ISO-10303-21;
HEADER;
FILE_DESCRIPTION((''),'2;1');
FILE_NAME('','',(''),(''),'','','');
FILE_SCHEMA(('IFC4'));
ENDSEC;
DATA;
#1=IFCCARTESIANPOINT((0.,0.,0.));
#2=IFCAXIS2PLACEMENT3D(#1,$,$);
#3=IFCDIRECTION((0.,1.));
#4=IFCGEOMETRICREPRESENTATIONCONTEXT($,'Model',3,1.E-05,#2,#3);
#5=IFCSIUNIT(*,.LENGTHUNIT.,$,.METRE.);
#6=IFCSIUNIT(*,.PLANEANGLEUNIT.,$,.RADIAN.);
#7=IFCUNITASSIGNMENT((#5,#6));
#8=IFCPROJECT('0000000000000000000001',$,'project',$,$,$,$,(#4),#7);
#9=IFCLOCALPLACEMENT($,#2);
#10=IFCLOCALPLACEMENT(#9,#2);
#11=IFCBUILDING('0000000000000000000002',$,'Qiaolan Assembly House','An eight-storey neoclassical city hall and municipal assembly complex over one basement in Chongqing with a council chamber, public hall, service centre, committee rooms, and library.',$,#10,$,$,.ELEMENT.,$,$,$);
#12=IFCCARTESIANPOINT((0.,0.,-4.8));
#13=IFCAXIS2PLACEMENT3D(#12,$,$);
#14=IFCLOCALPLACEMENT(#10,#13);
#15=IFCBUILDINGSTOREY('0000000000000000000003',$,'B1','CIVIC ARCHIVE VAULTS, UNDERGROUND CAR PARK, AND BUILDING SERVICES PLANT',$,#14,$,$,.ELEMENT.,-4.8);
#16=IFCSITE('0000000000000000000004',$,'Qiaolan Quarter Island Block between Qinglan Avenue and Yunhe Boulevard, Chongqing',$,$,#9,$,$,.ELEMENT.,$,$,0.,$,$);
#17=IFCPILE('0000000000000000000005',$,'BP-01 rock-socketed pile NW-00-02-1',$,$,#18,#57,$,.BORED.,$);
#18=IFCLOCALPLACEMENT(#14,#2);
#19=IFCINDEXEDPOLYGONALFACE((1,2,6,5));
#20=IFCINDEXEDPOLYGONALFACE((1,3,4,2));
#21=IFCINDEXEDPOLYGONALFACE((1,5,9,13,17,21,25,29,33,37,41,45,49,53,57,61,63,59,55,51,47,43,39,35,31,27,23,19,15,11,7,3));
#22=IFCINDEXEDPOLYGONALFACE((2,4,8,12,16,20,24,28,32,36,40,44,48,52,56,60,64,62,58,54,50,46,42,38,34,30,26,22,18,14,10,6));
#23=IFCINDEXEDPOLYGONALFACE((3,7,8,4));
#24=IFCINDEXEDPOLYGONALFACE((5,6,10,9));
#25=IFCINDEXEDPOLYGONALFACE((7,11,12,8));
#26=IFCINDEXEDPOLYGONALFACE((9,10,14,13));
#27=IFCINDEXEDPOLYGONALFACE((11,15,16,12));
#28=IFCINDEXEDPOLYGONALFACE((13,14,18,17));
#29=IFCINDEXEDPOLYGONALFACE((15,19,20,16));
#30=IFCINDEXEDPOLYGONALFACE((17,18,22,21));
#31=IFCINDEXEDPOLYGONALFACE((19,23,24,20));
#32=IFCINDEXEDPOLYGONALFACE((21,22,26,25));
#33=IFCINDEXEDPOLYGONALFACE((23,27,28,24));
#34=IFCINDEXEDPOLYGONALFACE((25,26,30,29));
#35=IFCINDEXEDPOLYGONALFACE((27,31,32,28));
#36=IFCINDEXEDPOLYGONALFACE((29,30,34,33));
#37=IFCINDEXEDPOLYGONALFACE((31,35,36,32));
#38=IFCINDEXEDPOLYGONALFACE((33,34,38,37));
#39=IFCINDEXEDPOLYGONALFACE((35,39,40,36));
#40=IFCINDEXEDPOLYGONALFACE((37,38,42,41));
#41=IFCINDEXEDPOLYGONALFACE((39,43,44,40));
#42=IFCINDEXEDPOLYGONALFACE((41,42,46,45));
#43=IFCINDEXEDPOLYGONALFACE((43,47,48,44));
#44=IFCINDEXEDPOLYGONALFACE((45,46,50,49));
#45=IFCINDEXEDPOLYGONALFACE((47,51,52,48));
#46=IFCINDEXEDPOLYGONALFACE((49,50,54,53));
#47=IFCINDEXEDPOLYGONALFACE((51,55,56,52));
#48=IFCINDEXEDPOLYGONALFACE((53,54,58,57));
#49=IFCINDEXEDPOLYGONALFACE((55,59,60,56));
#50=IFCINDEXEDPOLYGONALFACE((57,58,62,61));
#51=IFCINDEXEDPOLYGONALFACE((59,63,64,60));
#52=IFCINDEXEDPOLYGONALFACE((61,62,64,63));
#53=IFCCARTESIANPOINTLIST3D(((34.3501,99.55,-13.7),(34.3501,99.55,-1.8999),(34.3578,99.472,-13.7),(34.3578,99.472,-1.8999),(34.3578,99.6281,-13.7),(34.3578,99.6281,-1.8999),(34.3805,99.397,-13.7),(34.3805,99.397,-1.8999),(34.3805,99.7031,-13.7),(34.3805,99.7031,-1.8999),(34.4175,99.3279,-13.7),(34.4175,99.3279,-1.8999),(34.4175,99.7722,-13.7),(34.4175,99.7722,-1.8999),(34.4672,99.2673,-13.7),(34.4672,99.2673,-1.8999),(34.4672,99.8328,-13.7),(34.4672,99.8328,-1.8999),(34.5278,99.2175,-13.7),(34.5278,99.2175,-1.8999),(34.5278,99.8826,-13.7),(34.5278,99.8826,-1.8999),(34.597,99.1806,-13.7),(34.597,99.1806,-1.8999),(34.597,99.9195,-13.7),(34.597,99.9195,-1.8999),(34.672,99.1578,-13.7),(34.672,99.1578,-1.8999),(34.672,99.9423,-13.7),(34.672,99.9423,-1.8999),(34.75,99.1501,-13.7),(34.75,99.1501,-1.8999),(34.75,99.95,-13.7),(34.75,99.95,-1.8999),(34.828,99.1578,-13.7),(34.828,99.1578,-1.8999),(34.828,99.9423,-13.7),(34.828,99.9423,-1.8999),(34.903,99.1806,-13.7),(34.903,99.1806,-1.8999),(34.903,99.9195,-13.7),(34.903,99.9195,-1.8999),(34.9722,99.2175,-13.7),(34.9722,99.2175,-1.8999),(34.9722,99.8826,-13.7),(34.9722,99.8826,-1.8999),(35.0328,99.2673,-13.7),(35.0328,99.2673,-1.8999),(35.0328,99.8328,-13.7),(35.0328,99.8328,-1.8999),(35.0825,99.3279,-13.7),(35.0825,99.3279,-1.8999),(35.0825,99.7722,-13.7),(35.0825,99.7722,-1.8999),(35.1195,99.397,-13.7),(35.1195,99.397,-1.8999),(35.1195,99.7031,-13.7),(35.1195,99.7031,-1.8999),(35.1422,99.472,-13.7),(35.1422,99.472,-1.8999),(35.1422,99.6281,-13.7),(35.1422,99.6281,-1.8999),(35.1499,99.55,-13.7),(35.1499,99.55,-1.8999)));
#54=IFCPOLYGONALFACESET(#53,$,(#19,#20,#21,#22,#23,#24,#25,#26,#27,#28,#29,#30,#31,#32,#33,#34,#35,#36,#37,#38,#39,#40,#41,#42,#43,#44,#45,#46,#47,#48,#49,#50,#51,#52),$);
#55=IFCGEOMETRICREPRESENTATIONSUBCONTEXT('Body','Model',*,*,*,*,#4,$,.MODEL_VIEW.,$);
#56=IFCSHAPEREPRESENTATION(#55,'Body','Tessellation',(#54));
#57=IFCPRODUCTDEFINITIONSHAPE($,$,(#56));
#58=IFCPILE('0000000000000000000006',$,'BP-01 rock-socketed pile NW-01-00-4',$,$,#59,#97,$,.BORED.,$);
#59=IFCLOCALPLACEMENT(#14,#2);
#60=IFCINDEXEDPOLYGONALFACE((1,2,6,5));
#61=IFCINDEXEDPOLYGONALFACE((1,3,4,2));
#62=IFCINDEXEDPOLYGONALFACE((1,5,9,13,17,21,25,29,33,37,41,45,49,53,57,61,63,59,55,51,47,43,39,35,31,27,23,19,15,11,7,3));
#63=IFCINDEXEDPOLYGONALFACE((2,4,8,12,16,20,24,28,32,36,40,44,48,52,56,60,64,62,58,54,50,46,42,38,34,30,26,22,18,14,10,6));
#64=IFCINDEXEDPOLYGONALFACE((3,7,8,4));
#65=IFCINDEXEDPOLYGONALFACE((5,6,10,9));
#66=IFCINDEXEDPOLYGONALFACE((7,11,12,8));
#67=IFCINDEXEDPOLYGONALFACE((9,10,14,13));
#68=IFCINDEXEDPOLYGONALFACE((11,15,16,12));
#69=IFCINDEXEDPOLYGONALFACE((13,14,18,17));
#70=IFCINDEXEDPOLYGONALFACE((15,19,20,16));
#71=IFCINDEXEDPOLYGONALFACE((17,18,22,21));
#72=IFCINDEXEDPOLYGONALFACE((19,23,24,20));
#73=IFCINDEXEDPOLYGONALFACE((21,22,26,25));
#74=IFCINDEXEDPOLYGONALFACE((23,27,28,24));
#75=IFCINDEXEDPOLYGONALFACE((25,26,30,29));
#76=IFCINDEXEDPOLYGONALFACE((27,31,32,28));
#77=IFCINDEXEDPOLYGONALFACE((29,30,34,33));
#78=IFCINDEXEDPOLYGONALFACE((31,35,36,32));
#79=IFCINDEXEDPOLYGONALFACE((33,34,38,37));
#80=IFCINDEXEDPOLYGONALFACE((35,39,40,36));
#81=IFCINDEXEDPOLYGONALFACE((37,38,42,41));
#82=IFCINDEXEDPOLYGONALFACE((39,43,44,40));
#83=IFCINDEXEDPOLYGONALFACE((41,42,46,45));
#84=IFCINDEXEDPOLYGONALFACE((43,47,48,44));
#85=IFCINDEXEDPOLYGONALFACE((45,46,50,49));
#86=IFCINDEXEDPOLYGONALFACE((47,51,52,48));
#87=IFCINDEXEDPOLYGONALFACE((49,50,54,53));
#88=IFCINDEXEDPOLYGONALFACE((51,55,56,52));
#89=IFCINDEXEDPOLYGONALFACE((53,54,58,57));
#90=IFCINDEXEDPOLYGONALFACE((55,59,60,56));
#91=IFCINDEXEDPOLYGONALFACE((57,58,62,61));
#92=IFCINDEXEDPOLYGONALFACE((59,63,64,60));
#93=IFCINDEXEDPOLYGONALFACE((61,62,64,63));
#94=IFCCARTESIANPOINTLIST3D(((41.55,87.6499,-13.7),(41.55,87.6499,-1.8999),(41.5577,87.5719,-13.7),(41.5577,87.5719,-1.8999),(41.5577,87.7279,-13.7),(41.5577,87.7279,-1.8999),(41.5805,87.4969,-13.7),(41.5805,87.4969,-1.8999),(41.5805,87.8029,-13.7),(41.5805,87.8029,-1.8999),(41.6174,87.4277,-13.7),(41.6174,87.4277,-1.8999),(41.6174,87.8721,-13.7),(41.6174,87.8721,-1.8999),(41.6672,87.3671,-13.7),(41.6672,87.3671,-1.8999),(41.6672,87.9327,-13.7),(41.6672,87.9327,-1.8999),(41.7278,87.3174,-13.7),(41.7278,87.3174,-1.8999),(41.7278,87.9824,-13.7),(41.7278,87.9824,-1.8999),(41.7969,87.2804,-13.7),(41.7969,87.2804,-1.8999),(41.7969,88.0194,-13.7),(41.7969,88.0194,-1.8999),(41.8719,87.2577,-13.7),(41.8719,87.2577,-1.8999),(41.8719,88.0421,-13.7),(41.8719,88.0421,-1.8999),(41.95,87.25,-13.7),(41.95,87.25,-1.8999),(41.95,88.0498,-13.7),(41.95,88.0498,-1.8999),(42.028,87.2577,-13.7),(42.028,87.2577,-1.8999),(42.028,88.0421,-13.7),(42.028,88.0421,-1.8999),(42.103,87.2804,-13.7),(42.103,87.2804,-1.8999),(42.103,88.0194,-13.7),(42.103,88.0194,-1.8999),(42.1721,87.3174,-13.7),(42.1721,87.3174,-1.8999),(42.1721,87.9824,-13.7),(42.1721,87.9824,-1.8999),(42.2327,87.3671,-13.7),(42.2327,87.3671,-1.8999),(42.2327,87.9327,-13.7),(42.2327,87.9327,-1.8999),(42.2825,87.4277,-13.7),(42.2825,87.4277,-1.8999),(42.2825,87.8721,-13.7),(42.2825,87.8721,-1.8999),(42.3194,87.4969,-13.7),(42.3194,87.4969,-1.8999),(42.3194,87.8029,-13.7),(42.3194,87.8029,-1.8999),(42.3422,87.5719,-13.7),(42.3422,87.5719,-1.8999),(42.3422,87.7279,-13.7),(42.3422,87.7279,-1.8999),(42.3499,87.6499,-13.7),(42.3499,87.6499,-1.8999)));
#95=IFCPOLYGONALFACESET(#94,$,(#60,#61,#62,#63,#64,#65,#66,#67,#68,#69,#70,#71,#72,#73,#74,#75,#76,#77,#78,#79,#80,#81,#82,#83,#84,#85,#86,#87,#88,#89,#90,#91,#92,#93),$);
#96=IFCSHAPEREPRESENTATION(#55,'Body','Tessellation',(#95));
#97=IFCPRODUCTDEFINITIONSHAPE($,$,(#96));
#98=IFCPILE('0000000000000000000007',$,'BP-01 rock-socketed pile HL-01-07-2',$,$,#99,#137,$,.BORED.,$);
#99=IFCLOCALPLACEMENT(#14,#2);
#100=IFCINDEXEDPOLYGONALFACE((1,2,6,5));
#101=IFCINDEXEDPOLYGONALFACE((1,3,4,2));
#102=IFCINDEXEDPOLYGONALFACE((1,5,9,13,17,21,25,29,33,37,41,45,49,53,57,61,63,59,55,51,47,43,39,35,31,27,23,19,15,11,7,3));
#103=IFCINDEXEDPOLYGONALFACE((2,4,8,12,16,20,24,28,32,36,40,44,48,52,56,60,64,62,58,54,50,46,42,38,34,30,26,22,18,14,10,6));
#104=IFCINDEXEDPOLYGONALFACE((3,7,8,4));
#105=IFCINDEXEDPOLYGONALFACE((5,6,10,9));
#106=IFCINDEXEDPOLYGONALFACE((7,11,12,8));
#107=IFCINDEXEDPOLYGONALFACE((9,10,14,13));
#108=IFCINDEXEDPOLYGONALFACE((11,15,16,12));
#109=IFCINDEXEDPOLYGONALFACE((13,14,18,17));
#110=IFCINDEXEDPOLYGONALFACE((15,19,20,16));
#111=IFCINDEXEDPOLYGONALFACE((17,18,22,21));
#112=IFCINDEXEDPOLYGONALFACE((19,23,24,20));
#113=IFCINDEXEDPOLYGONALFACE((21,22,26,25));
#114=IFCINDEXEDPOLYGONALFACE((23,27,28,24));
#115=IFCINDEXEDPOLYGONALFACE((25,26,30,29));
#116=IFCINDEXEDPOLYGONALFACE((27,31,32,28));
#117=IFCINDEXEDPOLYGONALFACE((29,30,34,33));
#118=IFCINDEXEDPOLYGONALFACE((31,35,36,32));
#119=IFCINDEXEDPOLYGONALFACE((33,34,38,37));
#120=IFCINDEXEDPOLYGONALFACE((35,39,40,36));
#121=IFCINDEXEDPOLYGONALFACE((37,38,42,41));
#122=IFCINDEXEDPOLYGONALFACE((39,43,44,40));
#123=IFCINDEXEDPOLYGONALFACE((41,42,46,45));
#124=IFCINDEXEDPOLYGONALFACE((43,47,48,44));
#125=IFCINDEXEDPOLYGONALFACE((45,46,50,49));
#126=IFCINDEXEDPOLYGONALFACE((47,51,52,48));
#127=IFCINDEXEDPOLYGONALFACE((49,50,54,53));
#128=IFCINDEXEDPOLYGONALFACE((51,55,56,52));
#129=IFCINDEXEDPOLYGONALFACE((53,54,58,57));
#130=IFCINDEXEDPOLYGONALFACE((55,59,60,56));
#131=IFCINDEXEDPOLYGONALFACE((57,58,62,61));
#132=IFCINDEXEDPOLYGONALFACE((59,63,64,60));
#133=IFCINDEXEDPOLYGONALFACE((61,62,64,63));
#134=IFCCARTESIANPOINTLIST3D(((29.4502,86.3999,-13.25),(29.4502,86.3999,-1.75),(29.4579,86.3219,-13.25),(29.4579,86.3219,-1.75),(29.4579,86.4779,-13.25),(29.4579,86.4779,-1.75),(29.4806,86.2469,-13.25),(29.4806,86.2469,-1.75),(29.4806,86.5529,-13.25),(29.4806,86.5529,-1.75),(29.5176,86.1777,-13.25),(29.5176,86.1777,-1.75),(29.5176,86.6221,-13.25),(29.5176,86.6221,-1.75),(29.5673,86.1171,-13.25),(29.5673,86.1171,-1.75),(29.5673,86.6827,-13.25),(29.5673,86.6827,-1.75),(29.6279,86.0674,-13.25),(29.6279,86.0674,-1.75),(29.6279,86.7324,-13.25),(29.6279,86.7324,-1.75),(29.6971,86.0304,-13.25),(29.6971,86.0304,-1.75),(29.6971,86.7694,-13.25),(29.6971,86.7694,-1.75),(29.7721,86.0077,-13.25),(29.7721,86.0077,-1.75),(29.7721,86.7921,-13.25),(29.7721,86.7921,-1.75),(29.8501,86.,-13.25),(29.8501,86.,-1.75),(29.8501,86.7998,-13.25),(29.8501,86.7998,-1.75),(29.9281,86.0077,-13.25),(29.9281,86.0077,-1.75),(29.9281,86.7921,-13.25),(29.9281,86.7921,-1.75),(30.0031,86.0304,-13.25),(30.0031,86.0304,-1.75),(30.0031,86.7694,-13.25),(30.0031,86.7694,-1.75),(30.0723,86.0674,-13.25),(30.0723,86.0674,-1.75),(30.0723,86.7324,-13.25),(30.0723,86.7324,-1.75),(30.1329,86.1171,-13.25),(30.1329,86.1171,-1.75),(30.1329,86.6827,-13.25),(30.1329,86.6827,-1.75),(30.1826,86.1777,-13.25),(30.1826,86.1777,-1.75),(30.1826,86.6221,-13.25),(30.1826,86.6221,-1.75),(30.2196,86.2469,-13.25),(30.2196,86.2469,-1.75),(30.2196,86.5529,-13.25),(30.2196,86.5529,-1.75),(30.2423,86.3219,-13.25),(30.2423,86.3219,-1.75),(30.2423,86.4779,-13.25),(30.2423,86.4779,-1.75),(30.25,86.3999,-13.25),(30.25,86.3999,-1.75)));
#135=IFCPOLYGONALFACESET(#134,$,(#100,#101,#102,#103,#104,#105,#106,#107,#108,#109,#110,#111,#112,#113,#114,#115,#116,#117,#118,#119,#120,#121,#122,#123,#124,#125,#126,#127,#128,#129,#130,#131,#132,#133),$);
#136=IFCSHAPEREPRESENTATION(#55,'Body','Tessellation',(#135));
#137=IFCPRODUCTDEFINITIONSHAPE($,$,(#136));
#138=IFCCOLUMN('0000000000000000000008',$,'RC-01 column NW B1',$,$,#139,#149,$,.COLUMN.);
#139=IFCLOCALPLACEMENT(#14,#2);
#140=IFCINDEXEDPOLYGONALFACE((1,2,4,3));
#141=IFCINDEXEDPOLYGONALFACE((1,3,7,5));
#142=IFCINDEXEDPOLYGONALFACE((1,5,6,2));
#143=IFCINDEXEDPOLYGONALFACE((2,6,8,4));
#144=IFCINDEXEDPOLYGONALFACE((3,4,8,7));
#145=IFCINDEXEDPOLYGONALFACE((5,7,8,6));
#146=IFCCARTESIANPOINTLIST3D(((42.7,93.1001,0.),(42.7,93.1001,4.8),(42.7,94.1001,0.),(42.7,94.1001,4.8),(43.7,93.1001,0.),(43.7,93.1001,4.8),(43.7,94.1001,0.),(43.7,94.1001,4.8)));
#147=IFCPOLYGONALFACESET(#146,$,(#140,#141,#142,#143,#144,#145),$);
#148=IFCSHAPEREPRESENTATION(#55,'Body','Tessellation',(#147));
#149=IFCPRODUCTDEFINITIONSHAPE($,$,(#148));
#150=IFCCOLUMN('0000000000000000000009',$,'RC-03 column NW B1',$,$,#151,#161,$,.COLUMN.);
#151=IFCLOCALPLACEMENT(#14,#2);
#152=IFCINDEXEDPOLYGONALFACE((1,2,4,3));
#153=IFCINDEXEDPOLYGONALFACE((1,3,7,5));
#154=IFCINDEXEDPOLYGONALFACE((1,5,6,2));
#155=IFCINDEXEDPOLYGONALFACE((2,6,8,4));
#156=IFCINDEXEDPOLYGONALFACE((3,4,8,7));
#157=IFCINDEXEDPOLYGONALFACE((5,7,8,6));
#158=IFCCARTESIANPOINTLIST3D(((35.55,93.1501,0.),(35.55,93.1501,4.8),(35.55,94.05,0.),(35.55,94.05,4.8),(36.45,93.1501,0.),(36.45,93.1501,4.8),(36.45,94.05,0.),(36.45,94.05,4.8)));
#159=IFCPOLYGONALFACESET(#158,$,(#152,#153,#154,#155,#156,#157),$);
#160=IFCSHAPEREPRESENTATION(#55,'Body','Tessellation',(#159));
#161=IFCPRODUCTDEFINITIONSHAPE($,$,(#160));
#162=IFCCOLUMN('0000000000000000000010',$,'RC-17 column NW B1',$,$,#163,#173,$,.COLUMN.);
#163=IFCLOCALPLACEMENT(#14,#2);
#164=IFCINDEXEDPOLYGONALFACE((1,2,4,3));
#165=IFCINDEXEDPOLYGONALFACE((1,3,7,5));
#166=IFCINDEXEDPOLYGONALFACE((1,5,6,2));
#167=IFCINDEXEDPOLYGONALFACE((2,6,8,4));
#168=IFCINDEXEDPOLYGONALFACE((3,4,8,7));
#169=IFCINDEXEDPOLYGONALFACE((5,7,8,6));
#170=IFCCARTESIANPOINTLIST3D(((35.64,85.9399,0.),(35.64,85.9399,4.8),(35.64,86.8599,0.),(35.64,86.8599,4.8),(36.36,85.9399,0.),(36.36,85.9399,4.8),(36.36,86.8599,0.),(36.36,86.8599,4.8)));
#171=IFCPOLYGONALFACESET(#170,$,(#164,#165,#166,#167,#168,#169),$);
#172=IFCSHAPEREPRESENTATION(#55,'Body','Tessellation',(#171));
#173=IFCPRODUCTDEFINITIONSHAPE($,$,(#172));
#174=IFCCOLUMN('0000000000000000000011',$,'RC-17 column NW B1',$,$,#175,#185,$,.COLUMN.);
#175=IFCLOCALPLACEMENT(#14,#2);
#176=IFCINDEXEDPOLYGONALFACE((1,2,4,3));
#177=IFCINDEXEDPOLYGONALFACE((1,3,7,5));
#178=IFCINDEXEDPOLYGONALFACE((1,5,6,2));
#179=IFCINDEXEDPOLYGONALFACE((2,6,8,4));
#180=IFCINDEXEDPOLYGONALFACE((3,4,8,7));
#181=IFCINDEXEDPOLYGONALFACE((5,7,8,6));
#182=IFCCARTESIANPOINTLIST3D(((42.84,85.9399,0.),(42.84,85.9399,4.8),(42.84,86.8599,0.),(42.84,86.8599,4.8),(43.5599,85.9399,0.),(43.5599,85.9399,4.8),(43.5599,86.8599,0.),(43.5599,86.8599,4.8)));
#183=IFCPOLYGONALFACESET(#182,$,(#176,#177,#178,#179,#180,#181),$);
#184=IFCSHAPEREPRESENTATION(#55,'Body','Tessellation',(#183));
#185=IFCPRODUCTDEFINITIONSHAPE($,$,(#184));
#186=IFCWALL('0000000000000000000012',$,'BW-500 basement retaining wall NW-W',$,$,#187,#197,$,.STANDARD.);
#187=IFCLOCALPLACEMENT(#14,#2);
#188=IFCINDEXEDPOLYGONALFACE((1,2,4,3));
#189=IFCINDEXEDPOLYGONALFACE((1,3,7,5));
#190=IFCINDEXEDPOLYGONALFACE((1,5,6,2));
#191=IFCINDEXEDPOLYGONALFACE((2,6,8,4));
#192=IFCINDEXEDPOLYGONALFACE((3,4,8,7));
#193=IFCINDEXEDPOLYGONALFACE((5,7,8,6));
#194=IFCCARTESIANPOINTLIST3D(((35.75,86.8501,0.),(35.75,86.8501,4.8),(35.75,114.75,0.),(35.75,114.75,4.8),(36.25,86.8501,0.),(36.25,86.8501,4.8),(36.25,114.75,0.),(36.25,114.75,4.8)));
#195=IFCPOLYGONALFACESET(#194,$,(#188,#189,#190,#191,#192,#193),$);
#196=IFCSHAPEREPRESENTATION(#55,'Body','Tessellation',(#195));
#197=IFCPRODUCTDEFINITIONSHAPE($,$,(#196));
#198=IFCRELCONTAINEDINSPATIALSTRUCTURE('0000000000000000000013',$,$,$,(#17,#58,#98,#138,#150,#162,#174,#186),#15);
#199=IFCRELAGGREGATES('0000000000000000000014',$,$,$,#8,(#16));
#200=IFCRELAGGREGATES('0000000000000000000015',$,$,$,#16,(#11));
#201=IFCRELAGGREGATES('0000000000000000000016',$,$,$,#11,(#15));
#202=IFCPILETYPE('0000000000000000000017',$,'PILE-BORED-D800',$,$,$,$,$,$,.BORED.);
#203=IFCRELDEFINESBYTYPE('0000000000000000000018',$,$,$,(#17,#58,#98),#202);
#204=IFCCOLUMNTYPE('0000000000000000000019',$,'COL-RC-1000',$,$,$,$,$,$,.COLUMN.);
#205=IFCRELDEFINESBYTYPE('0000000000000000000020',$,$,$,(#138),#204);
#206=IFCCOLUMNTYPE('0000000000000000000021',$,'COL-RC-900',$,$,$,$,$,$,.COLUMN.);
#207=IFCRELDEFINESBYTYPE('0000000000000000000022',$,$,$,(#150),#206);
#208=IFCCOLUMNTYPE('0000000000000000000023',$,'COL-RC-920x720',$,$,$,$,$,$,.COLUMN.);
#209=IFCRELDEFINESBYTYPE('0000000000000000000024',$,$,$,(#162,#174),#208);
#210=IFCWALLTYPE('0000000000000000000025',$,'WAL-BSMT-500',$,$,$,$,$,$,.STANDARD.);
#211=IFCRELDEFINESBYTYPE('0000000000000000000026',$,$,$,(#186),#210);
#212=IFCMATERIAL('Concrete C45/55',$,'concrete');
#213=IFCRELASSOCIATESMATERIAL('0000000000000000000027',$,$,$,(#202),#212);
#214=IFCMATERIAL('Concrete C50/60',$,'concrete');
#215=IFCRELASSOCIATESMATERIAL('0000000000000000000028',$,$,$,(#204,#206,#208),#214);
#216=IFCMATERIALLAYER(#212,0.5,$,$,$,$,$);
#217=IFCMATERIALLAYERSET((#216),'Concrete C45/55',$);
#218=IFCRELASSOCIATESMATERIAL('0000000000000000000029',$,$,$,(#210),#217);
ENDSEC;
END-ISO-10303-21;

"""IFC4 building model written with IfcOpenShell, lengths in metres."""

from ifc_helpers import new_model, si_unit, direction, frame, frame_2d, origin, origin_2d, place, context, subcontext, project, spatial, rectangle, circle, extrude, material, layer, layer_set, material_profile, profile_set, type_object, element, save


model = new_model("IFC4")

# Units and contexts
model_context = context("Model", 3, precision=1e-05, world=origin(), true_north=direction((0.0, 1.0)))
body_context = subcontext(model_context, "Body", "Model", "MODEL_VIEW")
ifc_project = project(units=[si_unit("LENGTHUNIT", "METRE"), si_unit("PLANEANGLEUNIT", "RADIAN")], contexts=[model_context])

# Site, building, storey
site_placement = place(None, origin())
site = spatial("IfcSite", under=ifc_project, at=site_placement, Name="Qiaolan Quarter Island Block between Qinglan Avenue and Yunhe Boulevard, Chongqing", CompositionType="ELEMENT", RefElevation=0.0)
building_placement = place(site_placement, origin())
building = spatial("IfcBuilding", under=site, at=building_placement, Name="Qiaolan Assembly House", Description="An eight-storey neoclassical city hall and municipal assembly complex over one basement in Chongqing with a council chamber, public hall, service centre, committee rooms, and library.", CompositionType="ELEMENT")
storey_placement = place(building_placement, frame((0.0, 0.0, -4.8)))
storey = spatial("IfcBuildingStorey", under=building, at=storey_placement, Name="B1", Description="CIVIC ARCHIVE VAULTS, UNDERGROUND CAR PARK, AND BUILDING SERVICES PLANT", CompositionType="ELEMENT", Elevation=-4.8)

# Piles
ifc_material_1 = material(Name="Concrete C45/55", Category="concrete")
ifc_material_profile_1 = material_profile(ifc_material_1, circle(Radius=0.3999, at=origin_2d()), Name="PILE D800")
ifc_profile_set_1 = profile_set([ifc_material_profile_1], Name="Concrete C45/55")
pile_type_1 = type_object("IfcPileType", Name="PILE-BORED-D800", PredefinedType="BORED", material=ifc_profile_set_1)
for number, where, z_axis, x_axis, name in (
    (1, (34.75, 99.55, -1.8999), (0.0, 0.0, -1.0), (1.0, 0.0, 0.0), "BP-01 rock-socketed pile NW-00-02-1"),
    (2, (41.95, 87.6499, -1.8999), (0.0, 0.0, -1.0), (1.0, 0.0, 0.0), "BP-01 rock-socketed pile NW-01-00-4"),
):
    element("IfcPile", number, at=place(storey_placement, frame(where, z_axis=z_axis, x_axis=x_axis)), inside=storey, type_object=pile_type_1, Name=name, PredefinedType="BORED", context=body_context, shape_type="SweptSolid", body=[
        extrude(circle(Radius=0.3999, at=origin_2d()), origin(), (0.0, 0.0, 1.0), 11.8),
    ])
pile_placement = place(storey_placement, frame((29.8501, 86.3999, -1.75), z_axis=(0.0, 0.0, -1.0), x_axis=(1.0, 0.0, 0.0)))
element("IfcPile", 3, at=pile_placement, inside=storey, type_object=pile_type_1, Name="BP-01 rock-socketed pile HL-01-07-2", PredefinedType="BORED", context=body_context, shape_type="SweptSolid", body=[
    extrude(circle(Radius=0.3999, at=origin_2d()), origin(), (0.0, 0.0, 1.0), 11.5),
])

# Columns
ifc_material_2 = material(Name="Concrete C50/60", Category="concrete")
ifc_material_profile_2 = material_profile(ifc_material_2, rectangle(XDim=1.0, YDim=1.0, at=origin_2d()), Name="RC 1000x1000")
ifc_profile_set_2 = profile_set([ifc_material_profile_2], Name="Concrete C50/60")
column_type_1 = type_object("IfcColumnType", Name="COL-RC-1000", PredefinedType="COLUMN", material=ifc_profile_set_2)
column_1_placement = place(storey_placement, frame((43.2, 93.6001, 0.0), z_axis=(0.0, 0.0, 1.0), x_axis=(1.0, 0.0, 0.0)))
element("IfcColumn", 4, at=column_1_placement, inside=storey, type_object=column_type_1, Name="RC-01 column NW B1", PredefinedType="COLUMN", context=body_context, shape_type="SweptSolid", body=[
    extrude(rectangle(XDim=1.0, YDim=1.0, at=origin_2d()), origin(), (0.0, 0.0, 1.0), 4.8),
])
ifc_material_profile_3 = material_profile(ifc_material_2, rectangle(XDim=0.8999, YDim=0.8999, at=origin_2d()), Name="RC 900x900")
ifc_profile_set_3 = profile_set([ifc_material_profile_3], Name="Concrete C50/60")
column_type_2 = type_object("IfcColumnType", Name="COL-RC-900", PredefinedType="COLUMN", material=ifc_profile_set_3)
column_2_placement = place(storey_placement, frame((36.0, 93.6001, 0.0), z_axis=(0.0, 0.0, 1.0), x_axis=(1.0, 0.0, 0.0)))
element("IfcColumn", 5, at=column_2_placement, inside=storey, type_object=column_type_2, Name="RC-03 column NW B1", PredefinedType="COLUMN", context=body_context, shape_type="SweptSolid", body=[
    extrude(rectangle(XDim=0.8999, YDim=0.8999, at=origin_2d()), origin(), (0.0, 0.0, 1.0), 4.8),
])
ifc_material_profile_4 = material_profile(ifc_material_2, rectangle(XDim=0.72, YDim=0.9199, at=origin_2d()), Name="RC 920x720")
ifc_profile_set_4 = profile_set([ifc_material_profile_4], Name="Concrete C50/60")
column_type_3 = type_object("IfcColumnType", Name="COL-RC-920x720", PredefinedType="COLUMN", material=ifc_profile_set_4)
for number, where, z_axis, x_axis, name in (
    (6, (36.0, 86.3999, 0.0), (0.0, 0.0, 1.0), (1.0, 0.0, 0.0), "RC-17 column NW B1"),
    (7, (43.2, 86.3999, 0.0), (0.0, 0.0, 1.0), (1.0, 0.0, 0.0), "RC-17 column NW B1"),
):
    element("IfcColumn", number, at=place(storey_placement, frame(where, z_axis=z_axis, x_axis=x_axis)), inside=storey, type_object=column_type_3, Name=name, PredefinedType="COLUMN", context=body_context, shape_type="SweptSolid", body=[
        extrude(rectangle(XDim=0.72, YDim=0.9199, at=origin_2d()), origin(), (0.0, 0.0, 1.0), 4.8),
    ])

# Wall
ifc_layer_1 = layer(ifc_material_1, 0.5)
ifc_layer_set_1 = layer_set([ifc_layer_1], Name="Concrete C45/55")
wall_type_1 = type_object("IfcWallType", Name="WAL-BSMT-500", PredefinedType="STANDARD", material=ifc_layer_set_1)
wall_1_placement = place(storey_placement, frame((36.0, 86.8501, 0.0), z_axis=(0.0, 0.0, 1.0), x_axis=(0.0, 1.0, 0.0)))
element("IfcWall", 8, at=wall_1_placement, inside=storey, type_object=wall_type_1, Name="BW-500 basement retaining wall NW-W", PredefinedType="STANDARD", context=body_context, shape_type="SweptSolid", body=[
    extrude(rectangle(XDim=27.8999, YDim=0.5, at=frame_2d((13.95, 0.0))), origin(), (0.0, 0.0, 1.0), 4.8),
])

save(model, "model.ifc")
